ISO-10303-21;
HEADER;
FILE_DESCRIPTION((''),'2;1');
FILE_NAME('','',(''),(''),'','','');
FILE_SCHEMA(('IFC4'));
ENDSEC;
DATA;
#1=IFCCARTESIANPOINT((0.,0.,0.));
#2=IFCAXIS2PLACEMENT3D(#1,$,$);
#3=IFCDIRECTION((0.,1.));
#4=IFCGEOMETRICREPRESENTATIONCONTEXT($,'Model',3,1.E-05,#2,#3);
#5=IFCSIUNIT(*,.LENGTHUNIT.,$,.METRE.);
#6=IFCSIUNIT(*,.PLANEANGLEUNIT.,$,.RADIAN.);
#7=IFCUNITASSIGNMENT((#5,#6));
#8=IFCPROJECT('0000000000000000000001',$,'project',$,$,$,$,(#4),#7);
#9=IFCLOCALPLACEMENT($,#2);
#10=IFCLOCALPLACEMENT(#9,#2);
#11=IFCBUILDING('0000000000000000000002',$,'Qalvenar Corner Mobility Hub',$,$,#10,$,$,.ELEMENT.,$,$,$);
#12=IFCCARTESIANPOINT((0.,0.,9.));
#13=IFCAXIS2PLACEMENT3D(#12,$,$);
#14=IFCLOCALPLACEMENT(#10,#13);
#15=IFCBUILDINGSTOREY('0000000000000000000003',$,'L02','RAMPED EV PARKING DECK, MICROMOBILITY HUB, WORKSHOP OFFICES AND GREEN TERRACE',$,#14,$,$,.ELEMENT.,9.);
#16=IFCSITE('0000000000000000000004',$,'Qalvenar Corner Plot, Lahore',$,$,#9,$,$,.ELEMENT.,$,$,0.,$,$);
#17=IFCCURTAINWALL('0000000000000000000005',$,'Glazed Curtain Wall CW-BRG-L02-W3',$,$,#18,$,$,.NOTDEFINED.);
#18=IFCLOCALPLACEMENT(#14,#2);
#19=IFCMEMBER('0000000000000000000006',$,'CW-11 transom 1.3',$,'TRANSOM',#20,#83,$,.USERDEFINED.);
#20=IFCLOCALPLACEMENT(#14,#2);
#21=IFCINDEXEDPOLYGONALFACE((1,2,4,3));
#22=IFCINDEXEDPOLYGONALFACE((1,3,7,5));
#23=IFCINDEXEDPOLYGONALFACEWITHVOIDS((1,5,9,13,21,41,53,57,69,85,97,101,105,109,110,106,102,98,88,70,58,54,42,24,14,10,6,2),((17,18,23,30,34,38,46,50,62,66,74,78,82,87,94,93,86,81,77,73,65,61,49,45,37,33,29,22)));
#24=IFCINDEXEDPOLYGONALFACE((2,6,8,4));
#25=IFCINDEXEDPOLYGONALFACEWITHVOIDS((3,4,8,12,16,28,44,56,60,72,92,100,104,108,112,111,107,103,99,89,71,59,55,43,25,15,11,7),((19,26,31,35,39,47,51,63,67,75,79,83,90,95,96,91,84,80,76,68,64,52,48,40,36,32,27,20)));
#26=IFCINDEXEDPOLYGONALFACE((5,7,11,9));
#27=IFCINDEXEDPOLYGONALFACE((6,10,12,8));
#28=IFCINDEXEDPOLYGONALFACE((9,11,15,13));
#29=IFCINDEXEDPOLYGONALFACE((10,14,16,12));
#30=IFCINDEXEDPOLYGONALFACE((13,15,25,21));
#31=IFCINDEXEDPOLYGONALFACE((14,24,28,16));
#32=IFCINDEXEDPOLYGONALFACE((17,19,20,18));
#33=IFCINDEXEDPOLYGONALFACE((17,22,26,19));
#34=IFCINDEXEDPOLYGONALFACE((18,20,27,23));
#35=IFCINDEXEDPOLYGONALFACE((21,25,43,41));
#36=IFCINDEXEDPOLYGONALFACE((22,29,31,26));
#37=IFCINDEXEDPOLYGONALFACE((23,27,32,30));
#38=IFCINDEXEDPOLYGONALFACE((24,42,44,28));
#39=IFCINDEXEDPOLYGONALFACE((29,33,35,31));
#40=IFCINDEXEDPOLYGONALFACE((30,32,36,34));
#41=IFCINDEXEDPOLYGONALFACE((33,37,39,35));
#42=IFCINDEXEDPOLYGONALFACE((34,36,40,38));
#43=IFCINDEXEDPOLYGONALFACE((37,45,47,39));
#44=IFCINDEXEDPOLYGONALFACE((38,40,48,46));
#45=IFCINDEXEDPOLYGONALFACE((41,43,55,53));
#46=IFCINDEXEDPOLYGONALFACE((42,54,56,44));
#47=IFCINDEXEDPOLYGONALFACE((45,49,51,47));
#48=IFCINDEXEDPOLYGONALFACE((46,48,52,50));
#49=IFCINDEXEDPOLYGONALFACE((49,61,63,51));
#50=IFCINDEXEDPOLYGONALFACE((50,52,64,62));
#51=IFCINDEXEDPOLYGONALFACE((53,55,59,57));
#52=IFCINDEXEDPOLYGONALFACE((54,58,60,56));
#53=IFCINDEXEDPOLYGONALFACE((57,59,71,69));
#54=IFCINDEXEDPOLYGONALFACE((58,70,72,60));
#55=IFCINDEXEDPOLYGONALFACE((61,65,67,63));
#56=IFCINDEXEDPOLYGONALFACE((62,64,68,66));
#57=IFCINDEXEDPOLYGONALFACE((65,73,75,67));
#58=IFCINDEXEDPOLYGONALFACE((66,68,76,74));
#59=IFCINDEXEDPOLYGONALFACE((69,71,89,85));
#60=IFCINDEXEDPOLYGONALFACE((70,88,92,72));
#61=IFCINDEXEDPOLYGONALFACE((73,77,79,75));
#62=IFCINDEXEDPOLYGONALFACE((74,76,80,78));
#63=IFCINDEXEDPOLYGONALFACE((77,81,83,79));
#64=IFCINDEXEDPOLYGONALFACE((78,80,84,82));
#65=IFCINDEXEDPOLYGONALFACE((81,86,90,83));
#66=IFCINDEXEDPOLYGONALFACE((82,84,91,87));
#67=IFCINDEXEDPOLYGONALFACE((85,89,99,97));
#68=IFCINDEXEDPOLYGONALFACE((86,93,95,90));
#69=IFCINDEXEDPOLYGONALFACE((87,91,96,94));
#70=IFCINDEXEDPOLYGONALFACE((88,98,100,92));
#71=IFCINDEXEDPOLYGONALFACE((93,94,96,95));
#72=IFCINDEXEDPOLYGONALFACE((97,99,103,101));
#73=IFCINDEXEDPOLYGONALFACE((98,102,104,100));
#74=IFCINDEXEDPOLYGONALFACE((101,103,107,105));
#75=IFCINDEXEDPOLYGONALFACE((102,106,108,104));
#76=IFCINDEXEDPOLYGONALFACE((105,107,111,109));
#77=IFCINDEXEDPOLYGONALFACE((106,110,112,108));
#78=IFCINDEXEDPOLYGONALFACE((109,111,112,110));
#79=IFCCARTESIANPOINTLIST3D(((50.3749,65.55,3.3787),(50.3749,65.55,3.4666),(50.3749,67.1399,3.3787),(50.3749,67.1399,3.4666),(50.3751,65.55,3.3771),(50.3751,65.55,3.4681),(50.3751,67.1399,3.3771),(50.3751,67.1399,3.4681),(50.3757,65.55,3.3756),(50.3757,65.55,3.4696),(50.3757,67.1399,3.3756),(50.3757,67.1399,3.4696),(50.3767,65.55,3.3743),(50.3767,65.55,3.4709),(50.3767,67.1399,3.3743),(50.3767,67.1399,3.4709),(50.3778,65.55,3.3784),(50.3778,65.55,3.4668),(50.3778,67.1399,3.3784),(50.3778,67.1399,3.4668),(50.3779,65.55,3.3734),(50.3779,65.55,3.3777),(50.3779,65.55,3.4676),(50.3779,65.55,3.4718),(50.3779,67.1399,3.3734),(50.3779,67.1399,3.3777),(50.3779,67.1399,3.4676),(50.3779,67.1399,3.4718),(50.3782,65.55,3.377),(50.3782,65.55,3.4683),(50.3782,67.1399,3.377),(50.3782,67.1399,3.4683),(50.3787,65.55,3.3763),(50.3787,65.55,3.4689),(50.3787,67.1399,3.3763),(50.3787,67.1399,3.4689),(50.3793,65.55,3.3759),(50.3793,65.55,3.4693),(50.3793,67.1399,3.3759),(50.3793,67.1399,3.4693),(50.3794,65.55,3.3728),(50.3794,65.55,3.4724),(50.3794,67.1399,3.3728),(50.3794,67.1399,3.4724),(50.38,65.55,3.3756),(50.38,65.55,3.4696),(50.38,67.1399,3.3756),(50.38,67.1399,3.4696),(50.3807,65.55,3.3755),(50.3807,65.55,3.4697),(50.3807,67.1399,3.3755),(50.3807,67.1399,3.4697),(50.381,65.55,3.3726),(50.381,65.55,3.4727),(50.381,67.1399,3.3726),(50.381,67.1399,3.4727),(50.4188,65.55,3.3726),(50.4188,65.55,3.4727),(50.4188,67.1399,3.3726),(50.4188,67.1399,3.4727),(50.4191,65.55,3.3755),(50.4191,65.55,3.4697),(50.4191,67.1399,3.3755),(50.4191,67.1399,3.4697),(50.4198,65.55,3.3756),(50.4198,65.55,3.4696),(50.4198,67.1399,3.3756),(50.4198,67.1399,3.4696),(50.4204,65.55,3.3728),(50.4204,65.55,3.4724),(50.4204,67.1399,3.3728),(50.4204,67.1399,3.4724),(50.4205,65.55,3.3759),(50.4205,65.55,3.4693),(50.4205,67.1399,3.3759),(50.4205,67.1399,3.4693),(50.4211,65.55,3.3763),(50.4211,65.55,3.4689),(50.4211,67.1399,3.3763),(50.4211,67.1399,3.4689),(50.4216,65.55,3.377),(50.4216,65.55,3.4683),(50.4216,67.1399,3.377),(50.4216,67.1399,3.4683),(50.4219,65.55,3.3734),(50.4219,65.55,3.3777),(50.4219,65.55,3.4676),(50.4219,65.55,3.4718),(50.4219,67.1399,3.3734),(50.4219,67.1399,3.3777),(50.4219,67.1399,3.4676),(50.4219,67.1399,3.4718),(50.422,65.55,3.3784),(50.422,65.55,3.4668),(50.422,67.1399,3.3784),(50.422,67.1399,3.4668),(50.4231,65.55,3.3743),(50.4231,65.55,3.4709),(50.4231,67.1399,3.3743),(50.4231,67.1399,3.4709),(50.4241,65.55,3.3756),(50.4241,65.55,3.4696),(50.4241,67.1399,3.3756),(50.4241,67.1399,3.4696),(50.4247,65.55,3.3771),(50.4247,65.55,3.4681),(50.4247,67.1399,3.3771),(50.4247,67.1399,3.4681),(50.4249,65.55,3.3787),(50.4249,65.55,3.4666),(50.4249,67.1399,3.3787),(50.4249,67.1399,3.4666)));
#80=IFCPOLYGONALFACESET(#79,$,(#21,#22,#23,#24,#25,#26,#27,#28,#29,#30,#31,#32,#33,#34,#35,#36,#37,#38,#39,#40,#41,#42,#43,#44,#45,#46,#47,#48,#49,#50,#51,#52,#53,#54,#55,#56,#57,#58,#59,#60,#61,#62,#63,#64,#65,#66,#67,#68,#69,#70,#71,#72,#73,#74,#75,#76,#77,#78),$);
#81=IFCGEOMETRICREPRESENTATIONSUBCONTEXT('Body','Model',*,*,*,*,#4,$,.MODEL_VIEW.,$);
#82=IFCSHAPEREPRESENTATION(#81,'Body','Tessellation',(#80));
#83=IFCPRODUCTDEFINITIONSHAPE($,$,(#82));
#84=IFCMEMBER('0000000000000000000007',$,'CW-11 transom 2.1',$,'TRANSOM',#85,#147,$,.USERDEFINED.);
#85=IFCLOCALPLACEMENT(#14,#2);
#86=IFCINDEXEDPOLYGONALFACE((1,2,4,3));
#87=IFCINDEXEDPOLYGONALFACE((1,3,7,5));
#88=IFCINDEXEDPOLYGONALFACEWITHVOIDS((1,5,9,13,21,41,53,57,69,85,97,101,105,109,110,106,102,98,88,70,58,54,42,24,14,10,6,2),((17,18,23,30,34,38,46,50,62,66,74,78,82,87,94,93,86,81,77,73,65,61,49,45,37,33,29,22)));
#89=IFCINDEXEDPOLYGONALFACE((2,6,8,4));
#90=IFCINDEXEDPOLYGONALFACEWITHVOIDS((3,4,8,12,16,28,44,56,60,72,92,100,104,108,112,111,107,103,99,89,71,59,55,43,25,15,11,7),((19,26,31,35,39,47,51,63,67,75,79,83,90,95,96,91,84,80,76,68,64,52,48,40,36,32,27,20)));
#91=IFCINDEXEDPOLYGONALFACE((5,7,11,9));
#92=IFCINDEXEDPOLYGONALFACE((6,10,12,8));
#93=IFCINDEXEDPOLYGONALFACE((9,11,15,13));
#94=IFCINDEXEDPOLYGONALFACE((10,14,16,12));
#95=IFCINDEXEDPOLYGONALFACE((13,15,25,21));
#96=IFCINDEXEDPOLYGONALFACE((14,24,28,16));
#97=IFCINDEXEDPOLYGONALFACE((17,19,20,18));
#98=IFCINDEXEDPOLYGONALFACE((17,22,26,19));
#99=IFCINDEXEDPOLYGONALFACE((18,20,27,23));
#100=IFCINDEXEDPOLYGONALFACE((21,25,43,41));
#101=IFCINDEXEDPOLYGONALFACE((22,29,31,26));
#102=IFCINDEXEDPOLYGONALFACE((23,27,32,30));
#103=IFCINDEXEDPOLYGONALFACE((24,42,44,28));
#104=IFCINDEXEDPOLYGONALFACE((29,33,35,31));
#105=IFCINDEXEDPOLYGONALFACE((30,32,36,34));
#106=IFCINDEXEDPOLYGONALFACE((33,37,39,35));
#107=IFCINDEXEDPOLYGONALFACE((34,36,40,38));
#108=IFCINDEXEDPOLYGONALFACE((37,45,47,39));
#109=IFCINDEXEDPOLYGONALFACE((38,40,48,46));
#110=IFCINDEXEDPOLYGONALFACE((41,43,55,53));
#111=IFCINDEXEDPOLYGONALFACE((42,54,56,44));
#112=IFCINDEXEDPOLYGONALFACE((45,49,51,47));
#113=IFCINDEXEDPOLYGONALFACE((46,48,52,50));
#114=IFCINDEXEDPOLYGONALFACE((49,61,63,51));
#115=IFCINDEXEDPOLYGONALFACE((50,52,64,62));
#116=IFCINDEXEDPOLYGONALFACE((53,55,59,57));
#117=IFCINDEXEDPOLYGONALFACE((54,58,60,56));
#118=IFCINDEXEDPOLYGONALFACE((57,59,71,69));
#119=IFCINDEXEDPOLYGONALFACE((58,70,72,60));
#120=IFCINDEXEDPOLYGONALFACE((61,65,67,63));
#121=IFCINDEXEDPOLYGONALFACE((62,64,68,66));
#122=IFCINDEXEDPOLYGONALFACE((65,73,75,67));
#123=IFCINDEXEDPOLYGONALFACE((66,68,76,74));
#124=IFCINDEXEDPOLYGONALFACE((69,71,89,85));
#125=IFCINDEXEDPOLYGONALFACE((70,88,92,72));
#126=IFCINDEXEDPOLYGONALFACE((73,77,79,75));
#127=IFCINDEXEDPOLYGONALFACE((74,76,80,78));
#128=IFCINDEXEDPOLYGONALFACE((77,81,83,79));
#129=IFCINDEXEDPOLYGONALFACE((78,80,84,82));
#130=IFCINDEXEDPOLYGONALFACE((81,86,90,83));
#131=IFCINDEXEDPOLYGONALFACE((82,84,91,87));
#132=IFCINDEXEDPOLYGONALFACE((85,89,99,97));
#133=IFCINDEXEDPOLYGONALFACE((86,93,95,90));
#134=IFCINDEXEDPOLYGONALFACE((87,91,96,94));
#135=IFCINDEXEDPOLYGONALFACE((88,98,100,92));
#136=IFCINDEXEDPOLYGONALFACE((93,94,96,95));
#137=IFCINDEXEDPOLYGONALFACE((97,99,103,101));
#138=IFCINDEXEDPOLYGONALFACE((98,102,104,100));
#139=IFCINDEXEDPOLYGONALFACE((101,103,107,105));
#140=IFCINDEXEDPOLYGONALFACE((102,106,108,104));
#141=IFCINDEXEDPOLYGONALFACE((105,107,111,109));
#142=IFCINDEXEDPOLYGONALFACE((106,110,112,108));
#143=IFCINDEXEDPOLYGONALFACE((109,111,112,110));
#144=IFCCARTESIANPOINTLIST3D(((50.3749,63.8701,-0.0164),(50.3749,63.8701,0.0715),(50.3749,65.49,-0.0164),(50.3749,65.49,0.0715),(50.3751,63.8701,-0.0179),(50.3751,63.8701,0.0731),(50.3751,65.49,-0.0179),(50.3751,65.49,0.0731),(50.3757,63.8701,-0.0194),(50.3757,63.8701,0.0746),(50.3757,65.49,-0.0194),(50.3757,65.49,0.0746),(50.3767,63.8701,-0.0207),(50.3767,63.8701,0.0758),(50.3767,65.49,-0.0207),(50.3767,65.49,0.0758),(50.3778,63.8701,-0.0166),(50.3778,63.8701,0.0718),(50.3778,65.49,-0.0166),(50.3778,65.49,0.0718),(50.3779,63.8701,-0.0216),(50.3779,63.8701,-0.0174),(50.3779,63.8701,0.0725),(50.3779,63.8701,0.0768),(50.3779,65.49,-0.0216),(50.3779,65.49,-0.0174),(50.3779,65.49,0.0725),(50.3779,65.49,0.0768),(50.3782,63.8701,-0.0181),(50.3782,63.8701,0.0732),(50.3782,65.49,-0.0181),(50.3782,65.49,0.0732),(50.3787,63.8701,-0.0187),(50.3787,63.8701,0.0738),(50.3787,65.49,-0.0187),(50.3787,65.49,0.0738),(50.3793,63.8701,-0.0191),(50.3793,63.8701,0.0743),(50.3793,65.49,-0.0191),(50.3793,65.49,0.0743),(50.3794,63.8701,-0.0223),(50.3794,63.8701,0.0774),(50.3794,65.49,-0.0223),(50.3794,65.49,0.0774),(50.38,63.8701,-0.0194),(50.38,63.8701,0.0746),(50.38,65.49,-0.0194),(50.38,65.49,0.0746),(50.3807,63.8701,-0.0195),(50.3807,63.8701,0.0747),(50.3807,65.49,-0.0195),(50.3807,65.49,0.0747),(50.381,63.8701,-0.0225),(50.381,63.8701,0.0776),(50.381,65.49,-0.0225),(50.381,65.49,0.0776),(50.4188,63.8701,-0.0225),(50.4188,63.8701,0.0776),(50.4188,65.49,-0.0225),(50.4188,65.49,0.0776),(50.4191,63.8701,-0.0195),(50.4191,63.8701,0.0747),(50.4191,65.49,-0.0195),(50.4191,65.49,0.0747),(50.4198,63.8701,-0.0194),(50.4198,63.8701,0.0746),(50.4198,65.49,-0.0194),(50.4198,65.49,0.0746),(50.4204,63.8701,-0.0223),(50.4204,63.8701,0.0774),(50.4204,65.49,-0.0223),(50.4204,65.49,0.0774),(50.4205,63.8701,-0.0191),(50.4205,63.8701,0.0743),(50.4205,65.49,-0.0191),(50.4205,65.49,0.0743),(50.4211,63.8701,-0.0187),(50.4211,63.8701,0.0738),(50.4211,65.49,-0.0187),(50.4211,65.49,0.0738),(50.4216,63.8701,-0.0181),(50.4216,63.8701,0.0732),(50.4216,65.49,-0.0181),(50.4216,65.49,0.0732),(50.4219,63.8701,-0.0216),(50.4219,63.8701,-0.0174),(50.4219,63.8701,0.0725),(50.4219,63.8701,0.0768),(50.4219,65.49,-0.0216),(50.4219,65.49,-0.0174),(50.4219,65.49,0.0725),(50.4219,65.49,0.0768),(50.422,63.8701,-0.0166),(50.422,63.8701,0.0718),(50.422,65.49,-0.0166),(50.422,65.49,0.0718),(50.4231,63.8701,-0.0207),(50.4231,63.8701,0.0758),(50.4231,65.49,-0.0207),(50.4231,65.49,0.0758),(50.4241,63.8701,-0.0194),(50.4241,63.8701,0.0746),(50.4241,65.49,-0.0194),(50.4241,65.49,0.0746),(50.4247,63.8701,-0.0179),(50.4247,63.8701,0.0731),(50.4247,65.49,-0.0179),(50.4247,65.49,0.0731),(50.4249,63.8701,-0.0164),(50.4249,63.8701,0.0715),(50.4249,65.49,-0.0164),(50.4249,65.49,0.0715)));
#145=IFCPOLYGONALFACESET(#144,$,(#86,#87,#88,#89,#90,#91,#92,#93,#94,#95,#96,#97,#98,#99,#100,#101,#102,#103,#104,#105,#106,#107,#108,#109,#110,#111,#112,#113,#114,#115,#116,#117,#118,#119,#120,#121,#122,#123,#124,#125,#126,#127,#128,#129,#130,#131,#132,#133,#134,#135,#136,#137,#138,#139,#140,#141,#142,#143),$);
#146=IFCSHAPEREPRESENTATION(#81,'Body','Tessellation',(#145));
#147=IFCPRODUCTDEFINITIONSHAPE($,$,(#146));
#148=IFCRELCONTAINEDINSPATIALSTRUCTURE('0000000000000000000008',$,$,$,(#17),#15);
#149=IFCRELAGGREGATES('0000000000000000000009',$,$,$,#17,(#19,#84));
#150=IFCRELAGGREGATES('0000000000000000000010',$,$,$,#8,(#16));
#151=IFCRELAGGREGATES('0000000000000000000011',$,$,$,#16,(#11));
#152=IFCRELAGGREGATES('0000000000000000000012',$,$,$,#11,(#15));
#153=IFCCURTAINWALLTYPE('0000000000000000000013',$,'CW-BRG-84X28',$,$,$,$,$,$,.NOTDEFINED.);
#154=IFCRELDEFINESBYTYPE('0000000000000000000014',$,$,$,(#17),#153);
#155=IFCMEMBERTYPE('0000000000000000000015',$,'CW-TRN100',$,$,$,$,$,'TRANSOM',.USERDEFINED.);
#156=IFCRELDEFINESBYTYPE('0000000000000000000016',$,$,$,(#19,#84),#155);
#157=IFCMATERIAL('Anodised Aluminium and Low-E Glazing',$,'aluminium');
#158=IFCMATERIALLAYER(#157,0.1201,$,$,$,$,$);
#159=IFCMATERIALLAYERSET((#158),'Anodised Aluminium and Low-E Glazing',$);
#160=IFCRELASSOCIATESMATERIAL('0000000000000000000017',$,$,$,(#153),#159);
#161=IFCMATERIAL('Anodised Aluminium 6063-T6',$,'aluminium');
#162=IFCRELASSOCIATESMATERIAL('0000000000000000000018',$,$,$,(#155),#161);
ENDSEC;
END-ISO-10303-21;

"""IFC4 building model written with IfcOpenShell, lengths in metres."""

from ifc_helpers import new_model, si_unit, direction, frame, origin, origin_2d, place, context, subcontext, project, spatial, hollow_rectangle, extrude, material, layer, layer_set, material_profile, profile_set, type_object, element, aggregate, save


model = new_model("IFC4")

# Units and contexts
model_context = context("Model", 3, precision=1e-05, world=origin(), true_north=direction((0.0, 1.0)))
body_context = subcontext(model_context, "Body", "Model", "MODEL_VIEW")
ifc_project = project(units=[si_unit("LENGTHUNIT", "METRE"), si_unit("PLANEANGLEUNIT", "RADIAN")], contexts=[model_context])

# Site, building, storey
site_placement = place(None, origin())
site = spatial("IfcSite", under=ifc_project, at=site_placement, Name="Qalvenar Corner Plot, Lahore", CompositionType="ELEMENT", RefElevation=0.0)
building_placement = place(site_placement, origin())
building = spatial("IfcBuilding", under=site, at=building_placement, Name="Qalvenar Corner Mobility Hub", CompositionType="ELEMENT")
storey_placement = place(building_placement, frame((0.0, 0.0, 9.0)))
storey = spatial("IfcBuildingStorey", under=building, at=storey_placement, Name="L02", Description="RAMPED EV PARKING DECK, MICROMOBILITY HUB, WORKSHOP OFFICES AND GREEN TERRACE", CompositionType="ELEMENT", Elevation=9.0)

# Curtain wall, members
ifc_material_1 = material(Name="Anodised Aluminium and Low-E Glazing", Category="aluminium")
ifc_layer_1 = layer(ifc_material_1, 0.1201)
ifc_layer_set_1 = layer_set([ifc_layer_1], Name="Anodised Aluminium and Low-E Glazing")
curtain_wall_type = type_object("IfcCurtainWallType", Name="CW-BRG-84X28", PredefinedType="NOTDEFINED", material=ifc_layer_set_1)
curtain_wall_placement = place(storey_placement, origin())
curtain_wall = element("IfcCurtainWall", 1, at=curtain_wall_placement, inside=storey, type_object=curtain_wall_type, Name="Glazed Curtain Wall CW-BRG-L02-W3", PredefinedType="NOTDEFINED")
ifc_material_2 = material(Name="Anodised Aluminium 6063-T6", Category="aluminium")
ifc_material_profile_1 = material_profile(ifc_material_2, hollow_rectangle(XDim=0.05, YDim=0.1001, WallThickness=0.0029, InnerFilletRadius=0.0029, OuterFilletRadius=0.0061, at=origin_2d()), Name="RHS100x50x3")
ifc_profile_set_1 = profile_set([ifc_material_profile_1], Name="Anodised Aluminium 6063-T6")
member_type_1 = type_object("IfcMemberType", Name="CW-TRN100", ElementType="TRANSOM", PredefinedType="USERDEFINED", material=ifc_profile_set_1)
member_1_placement = place(storey_placement, frame((50.3999, 67.1399, 3.4226), z_axis=(0.0, -1.0, 0.0), x_axis=(1.0, 0.0, 0.0)))
member_1 = element("IfcMember", 2, at=member_1_placement, type_object=member_type_1, Name="CW-11 transom 1.3", ObjectType="TRANSOM", PredefinedType="USERDEFINED", context=body_context, shape_type="SweptSolid", body=[
    extrude(hollow_rectangle(XDim=0.05, YDim=0.1001, WallThickness=0.0029, InnerFilletRadius=0.0029, OuterFilletRadius=0.0061, at=origin_2d()), origin(), (0.0, 0.0, 1.0), 1.5898),
])
member_2_placement = place(storey_placement, frame((50.3999, 65.49, 0.0276), z_axis=(0.0, -1.0, 0.0), x_axis=(1.0, 0.0, 0.0)))
member_2 = element("IfcMember", 3, at=member_2_placement, type_object=member_type_1, Name="CW-11 transom 2.1", ObjectType="TRANSOM", PredefinedType="USERDEFINED", context=body_context, shape_type="SweptSolid", body=[
    extrude(hollow_rectangle(XDim=0.05, YDim=0.1001, WallThickness=0.0029, InnerFilletRadius=0.0029, OuterFilletRadius=0.0061, at=origin_2d()), origin(), (0.0, 0.0, 1.0), 1.6199),
])
aggregate(curtain_wall, [member_1, member_2])

save(model, "model.ifc")
